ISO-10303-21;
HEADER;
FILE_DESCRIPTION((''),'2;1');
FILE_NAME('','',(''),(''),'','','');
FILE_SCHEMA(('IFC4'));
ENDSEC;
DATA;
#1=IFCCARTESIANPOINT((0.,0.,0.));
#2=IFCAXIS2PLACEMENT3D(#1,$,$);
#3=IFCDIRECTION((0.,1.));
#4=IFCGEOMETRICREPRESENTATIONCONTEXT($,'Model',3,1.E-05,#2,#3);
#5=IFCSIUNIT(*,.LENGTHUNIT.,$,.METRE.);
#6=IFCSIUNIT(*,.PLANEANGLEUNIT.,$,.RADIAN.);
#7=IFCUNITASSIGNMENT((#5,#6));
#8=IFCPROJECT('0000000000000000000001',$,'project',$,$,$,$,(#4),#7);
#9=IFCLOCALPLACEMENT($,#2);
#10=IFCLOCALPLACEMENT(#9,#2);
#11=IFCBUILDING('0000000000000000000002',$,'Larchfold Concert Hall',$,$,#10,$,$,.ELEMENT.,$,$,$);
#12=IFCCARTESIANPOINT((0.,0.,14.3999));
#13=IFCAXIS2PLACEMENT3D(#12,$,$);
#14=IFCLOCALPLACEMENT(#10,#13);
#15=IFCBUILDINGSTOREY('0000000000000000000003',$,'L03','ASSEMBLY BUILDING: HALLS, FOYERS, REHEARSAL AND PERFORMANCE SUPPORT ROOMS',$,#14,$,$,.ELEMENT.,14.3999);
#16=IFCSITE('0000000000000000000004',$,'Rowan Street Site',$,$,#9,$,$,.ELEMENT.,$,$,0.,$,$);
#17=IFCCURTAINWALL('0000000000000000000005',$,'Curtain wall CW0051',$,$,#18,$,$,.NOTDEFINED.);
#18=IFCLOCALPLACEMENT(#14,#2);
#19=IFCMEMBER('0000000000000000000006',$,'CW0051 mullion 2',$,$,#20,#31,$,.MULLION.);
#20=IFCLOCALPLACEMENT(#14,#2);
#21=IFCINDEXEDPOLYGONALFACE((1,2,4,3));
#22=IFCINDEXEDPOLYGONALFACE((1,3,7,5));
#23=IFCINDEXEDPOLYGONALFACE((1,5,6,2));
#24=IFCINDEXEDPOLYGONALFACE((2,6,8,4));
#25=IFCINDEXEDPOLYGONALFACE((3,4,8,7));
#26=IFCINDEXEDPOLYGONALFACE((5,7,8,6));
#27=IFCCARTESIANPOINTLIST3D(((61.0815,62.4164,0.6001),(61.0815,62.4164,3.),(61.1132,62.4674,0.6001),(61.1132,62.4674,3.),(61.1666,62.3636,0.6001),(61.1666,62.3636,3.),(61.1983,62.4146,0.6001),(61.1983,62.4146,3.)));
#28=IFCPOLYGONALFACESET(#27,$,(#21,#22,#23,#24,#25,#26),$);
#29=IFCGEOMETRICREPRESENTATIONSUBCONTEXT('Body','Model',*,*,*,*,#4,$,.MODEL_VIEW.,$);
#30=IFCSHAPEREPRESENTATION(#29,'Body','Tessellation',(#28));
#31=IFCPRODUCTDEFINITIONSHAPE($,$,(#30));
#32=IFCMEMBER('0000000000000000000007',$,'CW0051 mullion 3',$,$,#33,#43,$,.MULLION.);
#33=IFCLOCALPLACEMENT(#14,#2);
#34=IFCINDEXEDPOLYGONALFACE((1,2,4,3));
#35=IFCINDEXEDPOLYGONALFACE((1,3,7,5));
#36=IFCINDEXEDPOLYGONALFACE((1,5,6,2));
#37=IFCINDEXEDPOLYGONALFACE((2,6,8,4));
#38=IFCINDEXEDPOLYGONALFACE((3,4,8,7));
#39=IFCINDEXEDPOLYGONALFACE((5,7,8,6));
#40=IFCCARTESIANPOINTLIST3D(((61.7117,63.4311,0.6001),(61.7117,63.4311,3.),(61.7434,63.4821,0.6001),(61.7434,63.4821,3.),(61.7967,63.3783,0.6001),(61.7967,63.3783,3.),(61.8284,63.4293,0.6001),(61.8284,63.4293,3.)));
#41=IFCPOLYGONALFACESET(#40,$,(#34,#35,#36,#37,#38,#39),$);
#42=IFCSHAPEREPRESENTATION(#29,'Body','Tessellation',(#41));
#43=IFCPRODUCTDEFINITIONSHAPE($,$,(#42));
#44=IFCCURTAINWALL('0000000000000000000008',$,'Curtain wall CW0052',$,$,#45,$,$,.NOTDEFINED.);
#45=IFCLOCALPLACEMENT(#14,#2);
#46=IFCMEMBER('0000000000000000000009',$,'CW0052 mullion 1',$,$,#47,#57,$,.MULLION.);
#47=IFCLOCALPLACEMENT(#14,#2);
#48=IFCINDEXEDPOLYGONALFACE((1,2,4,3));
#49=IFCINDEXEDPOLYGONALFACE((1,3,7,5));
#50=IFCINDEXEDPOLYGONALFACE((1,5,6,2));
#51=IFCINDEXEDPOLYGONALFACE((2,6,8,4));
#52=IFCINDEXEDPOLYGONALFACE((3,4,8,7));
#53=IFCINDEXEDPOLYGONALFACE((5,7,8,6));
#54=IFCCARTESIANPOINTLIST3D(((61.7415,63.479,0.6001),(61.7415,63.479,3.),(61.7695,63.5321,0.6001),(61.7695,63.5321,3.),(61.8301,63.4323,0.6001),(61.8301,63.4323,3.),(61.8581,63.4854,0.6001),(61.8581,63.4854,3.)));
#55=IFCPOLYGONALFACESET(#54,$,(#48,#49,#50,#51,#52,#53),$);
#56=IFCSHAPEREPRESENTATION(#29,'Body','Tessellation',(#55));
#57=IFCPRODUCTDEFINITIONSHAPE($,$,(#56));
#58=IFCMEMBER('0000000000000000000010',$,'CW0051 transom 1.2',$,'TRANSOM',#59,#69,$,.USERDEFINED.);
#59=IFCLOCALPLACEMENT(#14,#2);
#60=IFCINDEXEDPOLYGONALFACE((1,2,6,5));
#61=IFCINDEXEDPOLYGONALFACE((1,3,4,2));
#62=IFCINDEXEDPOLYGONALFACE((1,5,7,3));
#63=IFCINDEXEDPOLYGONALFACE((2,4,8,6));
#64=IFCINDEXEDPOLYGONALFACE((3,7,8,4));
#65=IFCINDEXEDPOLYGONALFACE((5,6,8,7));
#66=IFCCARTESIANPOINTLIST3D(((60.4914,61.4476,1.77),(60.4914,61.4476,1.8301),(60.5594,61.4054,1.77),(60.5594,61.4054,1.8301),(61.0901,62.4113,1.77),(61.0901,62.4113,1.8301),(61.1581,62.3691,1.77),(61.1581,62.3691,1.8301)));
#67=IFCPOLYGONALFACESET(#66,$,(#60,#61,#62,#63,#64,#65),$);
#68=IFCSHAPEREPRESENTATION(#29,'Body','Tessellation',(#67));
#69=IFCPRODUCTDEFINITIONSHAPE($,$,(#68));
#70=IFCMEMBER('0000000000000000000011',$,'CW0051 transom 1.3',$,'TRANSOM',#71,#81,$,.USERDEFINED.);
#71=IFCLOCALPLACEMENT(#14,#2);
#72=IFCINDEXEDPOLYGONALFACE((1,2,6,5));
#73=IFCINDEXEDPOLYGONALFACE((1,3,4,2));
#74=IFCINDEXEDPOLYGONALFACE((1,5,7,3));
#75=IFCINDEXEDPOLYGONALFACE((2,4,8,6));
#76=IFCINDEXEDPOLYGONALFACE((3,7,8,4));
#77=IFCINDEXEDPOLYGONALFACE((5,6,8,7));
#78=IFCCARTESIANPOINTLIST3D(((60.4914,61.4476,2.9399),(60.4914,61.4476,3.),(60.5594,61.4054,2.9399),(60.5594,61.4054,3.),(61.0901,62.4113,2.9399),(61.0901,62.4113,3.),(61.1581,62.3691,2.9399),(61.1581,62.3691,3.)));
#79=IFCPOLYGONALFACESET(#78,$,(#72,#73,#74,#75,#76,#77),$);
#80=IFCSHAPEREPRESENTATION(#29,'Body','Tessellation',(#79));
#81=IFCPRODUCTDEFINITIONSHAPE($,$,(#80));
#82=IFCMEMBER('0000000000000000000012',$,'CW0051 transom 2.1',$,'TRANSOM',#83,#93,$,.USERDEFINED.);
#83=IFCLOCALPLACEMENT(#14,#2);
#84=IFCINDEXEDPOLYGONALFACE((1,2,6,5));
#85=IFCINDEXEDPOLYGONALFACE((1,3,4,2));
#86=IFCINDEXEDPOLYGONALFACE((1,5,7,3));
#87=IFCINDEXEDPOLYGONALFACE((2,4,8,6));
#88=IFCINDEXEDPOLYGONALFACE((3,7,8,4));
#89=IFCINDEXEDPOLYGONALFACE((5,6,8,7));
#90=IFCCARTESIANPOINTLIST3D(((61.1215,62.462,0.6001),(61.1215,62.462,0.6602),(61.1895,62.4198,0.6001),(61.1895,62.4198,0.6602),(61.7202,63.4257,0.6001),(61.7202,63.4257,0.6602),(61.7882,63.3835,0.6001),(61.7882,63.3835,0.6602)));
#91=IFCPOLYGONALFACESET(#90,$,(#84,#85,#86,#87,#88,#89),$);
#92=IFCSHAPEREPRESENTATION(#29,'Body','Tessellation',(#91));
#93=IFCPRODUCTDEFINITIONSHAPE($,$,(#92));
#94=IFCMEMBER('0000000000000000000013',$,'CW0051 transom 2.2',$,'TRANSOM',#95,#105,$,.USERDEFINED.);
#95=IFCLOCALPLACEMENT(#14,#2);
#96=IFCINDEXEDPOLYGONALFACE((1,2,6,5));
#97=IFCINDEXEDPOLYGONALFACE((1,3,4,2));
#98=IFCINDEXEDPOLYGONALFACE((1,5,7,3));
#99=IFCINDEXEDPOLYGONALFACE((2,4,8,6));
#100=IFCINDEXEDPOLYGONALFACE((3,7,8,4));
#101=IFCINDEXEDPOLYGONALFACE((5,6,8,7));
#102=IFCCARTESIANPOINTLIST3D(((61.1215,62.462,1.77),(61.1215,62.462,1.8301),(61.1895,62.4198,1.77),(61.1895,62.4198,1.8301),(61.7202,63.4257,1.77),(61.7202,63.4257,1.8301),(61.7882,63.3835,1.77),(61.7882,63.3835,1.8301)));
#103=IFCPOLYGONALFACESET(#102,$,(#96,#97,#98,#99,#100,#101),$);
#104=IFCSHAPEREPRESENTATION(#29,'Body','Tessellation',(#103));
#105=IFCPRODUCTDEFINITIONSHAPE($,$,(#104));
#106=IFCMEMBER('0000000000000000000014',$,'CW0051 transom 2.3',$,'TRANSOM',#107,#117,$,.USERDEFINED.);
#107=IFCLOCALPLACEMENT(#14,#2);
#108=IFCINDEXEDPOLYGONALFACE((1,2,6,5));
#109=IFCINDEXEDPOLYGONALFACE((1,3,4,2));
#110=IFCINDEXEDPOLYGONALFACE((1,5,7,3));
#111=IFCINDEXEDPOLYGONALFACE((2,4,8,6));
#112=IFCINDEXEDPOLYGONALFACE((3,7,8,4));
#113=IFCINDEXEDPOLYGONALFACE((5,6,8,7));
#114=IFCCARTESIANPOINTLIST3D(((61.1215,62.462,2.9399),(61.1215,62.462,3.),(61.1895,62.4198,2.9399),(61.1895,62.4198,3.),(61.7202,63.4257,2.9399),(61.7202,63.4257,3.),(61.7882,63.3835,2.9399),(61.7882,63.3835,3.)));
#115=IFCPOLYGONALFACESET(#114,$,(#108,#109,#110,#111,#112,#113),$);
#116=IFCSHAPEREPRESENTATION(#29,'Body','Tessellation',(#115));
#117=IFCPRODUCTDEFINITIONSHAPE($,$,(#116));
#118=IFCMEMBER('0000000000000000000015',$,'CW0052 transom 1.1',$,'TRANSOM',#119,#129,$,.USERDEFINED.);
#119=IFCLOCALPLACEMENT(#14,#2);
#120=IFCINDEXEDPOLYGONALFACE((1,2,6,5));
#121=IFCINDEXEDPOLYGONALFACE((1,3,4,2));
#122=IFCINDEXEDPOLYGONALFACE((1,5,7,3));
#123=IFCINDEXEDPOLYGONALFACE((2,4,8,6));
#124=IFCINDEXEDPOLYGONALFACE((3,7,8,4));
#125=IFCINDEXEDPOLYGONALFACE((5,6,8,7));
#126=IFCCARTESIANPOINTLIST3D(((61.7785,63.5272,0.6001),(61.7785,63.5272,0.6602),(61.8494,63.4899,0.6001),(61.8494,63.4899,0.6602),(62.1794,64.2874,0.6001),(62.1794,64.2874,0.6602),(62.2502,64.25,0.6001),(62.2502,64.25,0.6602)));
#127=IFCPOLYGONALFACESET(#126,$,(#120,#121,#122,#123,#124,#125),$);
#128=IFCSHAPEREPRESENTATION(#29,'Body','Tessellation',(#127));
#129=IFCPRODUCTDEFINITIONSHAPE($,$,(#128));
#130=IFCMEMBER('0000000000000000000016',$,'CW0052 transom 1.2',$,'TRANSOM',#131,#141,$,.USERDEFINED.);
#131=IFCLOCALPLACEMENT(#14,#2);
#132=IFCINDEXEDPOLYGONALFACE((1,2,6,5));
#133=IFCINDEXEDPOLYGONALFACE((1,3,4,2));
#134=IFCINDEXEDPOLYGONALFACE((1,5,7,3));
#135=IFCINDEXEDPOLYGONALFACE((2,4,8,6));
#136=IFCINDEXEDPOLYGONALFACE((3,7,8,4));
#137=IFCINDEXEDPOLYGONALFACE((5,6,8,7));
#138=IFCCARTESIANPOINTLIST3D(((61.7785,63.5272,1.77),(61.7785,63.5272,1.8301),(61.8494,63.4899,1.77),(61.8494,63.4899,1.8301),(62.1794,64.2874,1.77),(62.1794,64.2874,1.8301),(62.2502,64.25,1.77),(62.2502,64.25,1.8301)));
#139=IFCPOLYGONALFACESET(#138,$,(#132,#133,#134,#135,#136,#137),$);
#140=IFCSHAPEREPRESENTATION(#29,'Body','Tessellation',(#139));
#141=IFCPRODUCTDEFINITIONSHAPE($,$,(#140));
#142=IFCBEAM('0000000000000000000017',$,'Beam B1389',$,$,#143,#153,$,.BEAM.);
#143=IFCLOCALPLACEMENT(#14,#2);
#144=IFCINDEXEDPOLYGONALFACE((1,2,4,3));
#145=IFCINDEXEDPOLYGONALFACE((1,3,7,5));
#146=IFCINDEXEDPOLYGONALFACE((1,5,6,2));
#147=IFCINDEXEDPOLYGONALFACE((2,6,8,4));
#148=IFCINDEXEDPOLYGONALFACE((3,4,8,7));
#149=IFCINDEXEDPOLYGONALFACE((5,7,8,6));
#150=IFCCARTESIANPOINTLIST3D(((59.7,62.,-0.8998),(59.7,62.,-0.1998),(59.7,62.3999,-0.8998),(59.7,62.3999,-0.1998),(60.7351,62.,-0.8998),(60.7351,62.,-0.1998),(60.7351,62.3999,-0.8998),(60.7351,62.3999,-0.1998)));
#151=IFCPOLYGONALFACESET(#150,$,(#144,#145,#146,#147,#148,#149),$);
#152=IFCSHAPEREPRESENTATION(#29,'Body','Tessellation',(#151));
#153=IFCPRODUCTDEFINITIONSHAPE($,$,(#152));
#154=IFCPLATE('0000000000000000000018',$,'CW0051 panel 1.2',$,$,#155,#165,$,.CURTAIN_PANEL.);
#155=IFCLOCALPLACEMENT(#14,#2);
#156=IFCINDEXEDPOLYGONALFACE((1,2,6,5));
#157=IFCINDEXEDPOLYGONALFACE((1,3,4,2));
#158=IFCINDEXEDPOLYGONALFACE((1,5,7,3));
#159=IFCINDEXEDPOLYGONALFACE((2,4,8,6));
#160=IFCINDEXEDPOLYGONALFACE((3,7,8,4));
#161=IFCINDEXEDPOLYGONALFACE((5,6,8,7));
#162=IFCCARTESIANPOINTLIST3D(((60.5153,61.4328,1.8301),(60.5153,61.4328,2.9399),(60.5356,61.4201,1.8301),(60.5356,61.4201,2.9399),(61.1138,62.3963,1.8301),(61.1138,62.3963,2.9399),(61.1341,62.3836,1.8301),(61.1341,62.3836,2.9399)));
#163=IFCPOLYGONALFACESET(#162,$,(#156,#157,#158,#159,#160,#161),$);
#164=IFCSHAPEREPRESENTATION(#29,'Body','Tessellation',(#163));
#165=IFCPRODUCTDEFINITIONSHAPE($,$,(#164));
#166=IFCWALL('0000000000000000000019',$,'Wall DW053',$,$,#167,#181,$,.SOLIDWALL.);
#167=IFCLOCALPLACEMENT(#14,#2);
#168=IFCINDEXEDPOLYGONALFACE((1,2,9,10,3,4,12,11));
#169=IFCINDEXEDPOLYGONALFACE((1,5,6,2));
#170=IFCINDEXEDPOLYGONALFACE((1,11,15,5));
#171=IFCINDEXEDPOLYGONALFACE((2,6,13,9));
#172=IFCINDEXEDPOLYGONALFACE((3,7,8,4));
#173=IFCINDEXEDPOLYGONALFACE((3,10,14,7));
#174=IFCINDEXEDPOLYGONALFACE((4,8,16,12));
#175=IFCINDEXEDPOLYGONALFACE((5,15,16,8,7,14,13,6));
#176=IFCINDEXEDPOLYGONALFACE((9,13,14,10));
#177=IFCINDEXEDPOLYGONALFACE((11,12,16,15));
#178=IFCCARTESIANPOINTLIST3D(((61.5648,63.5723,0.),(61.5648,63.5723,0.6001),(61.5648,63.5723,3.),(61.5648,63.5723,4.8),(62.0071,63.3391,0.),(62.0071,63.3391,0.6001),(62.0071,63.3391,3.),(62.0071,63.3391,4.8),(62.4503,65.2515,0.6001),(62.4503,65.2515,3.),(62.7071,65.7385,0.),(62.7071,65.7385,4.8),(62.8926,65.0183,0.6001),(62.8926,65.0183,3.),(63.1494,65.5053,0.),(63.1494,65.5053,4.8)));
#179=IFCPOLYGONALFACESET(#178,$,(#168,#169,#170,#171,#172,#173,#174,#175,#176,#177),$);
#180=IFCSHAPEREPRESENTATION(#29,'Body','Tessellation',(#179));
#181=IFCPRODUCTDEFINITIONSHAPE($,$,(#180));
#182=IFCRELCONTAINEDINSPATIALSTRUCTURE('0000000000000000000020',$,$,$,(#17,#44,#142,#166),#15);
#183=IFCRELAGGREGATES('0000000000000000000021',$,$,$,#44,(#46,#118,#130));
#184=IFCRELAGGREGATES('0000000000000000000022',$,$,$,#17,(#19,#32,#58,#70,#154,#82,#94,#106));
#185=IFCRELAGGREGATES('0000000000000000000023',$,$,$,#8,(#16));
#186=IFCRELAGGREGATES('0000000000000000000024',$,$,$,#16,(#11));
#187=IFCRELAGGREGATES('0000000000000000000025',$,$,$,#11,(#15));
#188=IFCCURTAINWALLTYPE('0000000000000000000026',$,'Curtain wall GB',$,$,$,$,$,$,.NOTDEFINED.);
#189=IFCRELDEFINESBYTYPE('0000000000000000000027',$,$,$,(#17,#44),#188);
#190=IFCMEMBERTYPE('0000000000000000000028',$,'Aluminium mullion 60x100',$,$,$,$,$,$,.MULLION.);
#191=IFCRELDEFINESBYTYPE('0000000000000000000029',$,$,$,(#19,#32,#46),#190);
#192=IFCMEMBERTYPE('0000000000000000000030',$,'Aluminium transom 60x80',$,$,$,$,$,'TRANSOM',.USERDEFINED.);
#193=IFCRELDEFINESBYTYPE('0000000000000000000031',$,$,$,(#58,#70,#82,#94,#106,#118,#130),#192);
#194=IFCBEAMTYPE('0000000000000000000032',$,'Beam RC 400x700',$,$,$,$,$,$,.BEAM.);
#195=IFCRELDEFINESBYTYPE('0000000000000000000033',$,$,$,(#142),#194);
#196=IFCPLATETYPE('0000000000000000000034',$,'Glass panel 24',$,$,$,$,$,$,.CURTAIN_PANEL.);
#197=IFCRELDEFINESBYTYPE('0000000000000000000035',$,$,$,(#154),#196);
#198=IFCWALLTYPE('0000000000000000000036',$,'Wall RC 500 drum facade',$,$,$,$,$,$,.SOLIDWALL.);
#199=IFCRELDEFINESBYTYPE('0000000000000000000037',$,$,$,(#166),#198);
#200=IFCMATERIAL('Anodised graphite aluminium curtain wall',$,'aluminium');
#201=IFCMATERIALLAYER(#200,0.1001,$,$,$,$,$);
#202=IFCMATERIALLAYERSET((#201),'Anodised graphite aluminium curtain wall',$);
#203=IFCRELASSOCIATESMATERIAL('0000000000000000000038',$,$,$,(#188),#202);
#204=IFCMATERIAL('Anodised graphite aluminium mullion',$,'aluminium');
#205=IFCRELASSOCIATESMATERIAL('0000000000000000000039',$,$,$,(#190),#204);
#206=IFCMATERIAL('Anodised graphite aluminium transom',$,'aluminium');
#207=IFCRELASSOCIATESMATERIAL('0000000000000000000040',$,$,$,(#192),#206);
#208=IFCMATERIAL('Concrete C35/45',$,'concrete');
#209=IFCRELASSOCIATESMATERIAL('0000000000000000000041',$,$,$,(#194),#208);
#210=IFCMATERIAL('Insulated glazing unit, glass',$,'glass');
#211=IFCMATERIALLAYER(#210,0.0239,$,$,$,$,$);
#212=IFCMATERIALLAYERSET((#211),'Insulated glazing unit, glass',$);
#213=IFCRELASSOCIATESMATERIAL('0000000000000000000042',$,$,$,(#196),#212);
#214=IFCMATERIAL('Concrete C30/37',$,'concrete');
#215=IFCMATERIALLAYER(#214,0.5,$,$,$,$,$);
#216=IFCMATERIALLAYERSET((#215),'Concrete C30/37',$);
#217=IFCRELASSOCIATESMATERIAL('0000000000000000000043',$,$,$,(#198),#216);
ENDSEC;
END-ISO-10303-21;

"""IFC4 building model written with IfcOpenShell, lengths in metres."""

from ifc_helpers import new_model, si_unit, direction, frame, frame_2d, origin, origin_2d, place, context, subcontext, project, spatial, rectangle, extrude, material, layer, layer_set, material_profile, profile_set, type_object, element, fill, aggregate, save


model = new_model("IFC4")

# Units and contexts
model_context = context("Model", 3, precision=1e-05, world=origin(), true_north=direction((0.0, 1.0)))
body_context = subcontext(model_context, "Body", "Model", "MODEL_VIEW")
ifc_project = project(units=[si_unit("LENGTHUNIT", "METRE"), si_unit("PLANEANGLEUNIT", "RADIAN")], contexts=[model_context])

# Site, building, storey
site_placement = place(None, origin())
site = spatial("IfcSite", under=ifc_project, at=site_placement, Name="Rowan Street Site", CompositionType="ELEMENT", RefElevation=0.0)
building_placement = place(site_placement, origin())
building = spatial("IfcBuilding", under=site, at=building_placement, Name="Larchfold Concert Hall", CompositionType="ELEMENT")
storey_placement = place(building_placement, frame((0.0, 0.0, 14.3999)))
storey = spatial("IfcBuildingStorey", under=building, at=storey_placement, Name="L03", Description="ASSEMBLY BUILDING: HALLS, FOYERS, REHEARSAL AND PERFORMANCE SUPPORT ROOMS", CompositionType="ELEMENT", Elevation=14.3999)

# Curtain wall, members
ifc_material_1 = material(Name="Anodised graphite aluminium curtain wall", Category="aluminium")
ifc_layer_1 = layer(ifc_material_1, 0.1001)
ifc_layer_set_1 = layer_set([ifc_layer_1], Name="Anodised graphite aluminium curtain wall")
curtain_wall_type = type_object("IfcCurtainWallType", Name="Curtain wall GB", PredefinedType="NOTDEFINED", material=ifc_layer_set_1)
curtain_wall_1_placement = place(storey_placement, origin())
curtain_wall_1 = element("IfcCurtainWall", 1, at=curtain_wall_1_placement, inside=storey, type_object=curtain_wall_type, Name="Curtain wall CW0051", PredefinedType="NOTDEFINED")
ifc_material_2 = material(Name="Anodised graphite aluminium mullion", Category="aluminium")
ifc_material_profile_1 = material_profile(ifc_material_2, rectangle(XDim=0.1001, YDim=0.0601, at=origin_2d()))
ifc_profile_set_1 = profile_set([ifc_material_profile_1], Name="Anodised graphite aluminium mullion")
member_type_1 = type_object("IfcMemberType", Name="Aluminium mullion 60x100", PredefinedType="MULLION", material=ifc_profile_set_1)
member_1_placement = place(storey_placement, frame((61.1399, 62.4155, 0.6001), z_axis=(0.0, 0.0, 1.0), x_axis=(-0.849429, 0.527703, 0.0)))
member_1 = element("IfcMember", 2, at=member_1_placement, type_object=member_type_1, Name="CW0051 mullion 2", PredefinedType="MULLION", context=body_context, shape_type="SweptSolid", body=[
    extrude(rectangle(XDim=0.1001, YDim=0.0601, at=origin_2d()), origin(), (0.0, 0.0, 1.0), 2.3999),
])
member_2_placement = place(storey_placement, frame((61.77, 63.4302, 0.6001), z_axis=(0.0, 0.0, 1.0), x_axis=(-0.849429, 0.527703, 0.0)))
member_2 = element("IfcMember", 3, at=member_2_placement, type_object=member_type_1, Name="CW0051 mullion 3", PredefinedType="MULLION", context=body_context, shape_type="SweptSolid", body=[
    extrude(rectangle(XDim=0.1001, YDim=0.0601, at=origin_2d()), origin(), (0.0, 0.0, 1.0), 2.3999),
])

# Curtain wall, member
curtain_wall_2_placement = place(storey_placement, origin())
curtain_wall_2 = element("IfcCurtainWall", 4, at=curtain_wall_2_placement, inside=storey, type_object=curtain_wall_type, Name="Curtain wall CW0052", PredefinedType="NOTDEFINED")
member_3_placement = place(storey_placement, frame((61.7998, 63.4822, 0.6001), z_axis=(0.0, 0.0, 1.0), x_axis=(-0.884522, 0.466499, 0.0)))
member_3 = element("IfcMember", 5, at=member_3_placement, type_object=member_type_1, Name="CW0052 mullion 1", PredefinedType="MULLION", context=body_context, shape_type="SweptSolid", body=[
    extrude(rectangle(XDim=0.1001, YDim=0.0601, at=origin_2d()), origin(), (0.0, 0.0, 1.0), 2.3999),
])

# Members
ifc_material_3 = material(Name="Anodised graphite aluminium transom", Category="aluminium")
ifc_material_profile_2 = material_profile(ifc_material_3, rectangle(XDim=0.0801, YDim=0.0601, at=origin_2d()))
ifc_profile_set_2 = profile_set([ifc_material_profile_2], Name="Anodised graphite aluminium transom")
member_type_2 = type_object("IfcMemberType", Name="Aluminium transom 60x80", ElementType="TRANSOM", PredefinedType="USERDEFINED", material=ifc_profile_set_2)
member_4_placement = place(storey_placement, frame((60.5254, 61.4265, 1.8), z_axis=(0.527695, 0.849434, 0.0), x_axis=(-0.849434, 0.527695, 0.0)))
member_4 = element("IfcMember", 6, at=member_4_placement, type_object=member_type_2, Name="CW0051 transom 1.2", ObjectType="TRANSOM", PredefinedType="USERDEFINED", context=body_context, shape_type="SweptSolid", body=[
    extrude(rectangle(XDim=0.0801, YDim=0.0601, at=origin_2d()), origin(), (0.0, 0.0, 1.0), 1.1345),
])
member_5_placement = place(storey_placement, frame((60.5254, 61.4265, 2.97), z_axis=(0.527695, 0.849434, 0.0), x_axis=(-0.849434, 0.527695, 0.0)))
member_5 = element("IfcMember", 7, at=member_5_placement, type_object=member_type_2, Name="CW0051 transom 1.3", ObjectType="TRANSOM", PredefinedType="USERDEFINED", context=body_context, shape_type="SweptSolid", body=[
    extrude(rectangle(XDim=0.0801, YDim=0.0601, at=origin_2d()), origin(), (0.0, 0.0, 1.0), 1.1345),
])
member_6_placement = place(storey_placement, frame((61.1555, 62.4409, 0.6301), z_axis=(0.527695, 0.849434, 0.0), x_axis=(-0.849434, 0.527695, 0.0)))
member_6 = element("IfcMember", 8, at=member_6_placement, type_object=member_type_2, Name="CW0051 transom 2.1", ObjectType="TRANSOM", PredefinedType="USERDEFINED", context=body_context, shape_type="SweptSolid", body=[
    extrude(rectangle(XDim=0.0801, YDim=0.0601, at=origin_2d()), origin(), (0.0, 0.0, 1.0), 1.1345),
])
member_7_placement = place(storey_placement, frame((61.1555, 62.4409, 1.8), z_axis=(0.527695, 0.849434, 0.0), x_axis=(-0.849434, 0.527695, 0.0)))
member_7 = element("IfcMember", 9, at=member_7_placement, type_object=member_type_2, Name="CW0051 transom 2.2", ObjectType="TRANSOM", PredefinedType="USERDEFINED", context=body_context, shape_type="SweptSolid", body=[
    extrude(rectangle(XDim=0.0801, YDim=0.0601, at=origin_2d()), origin(), (0.0, 0.0, 1.0), 1.1345),
])
member_8_placement = place(storey_placement, frame((61.1555, 62.4409, 2.97), z_axis=(0.527695, 0.849434, 0.0), x_axis=(-0.849434, 0.527695, 0.0)))
member_8 = element("IfcMember", 10, at=member_8_placement, type_object=member_type_2, Name="CW0051 transom 2.3", ObjectType="TRANSOM", PredefinedType="USERDEFINED", context=body_context, shape_type="SweptSolid", body=[
    extrude(rectangle(XDim=0.0801, YDim=0.0601, at=origin_2d()), origin(), (0.0, 0.0, 1.0), 1.1345),
])
member_9_placement = place(storey_placement, frame((61.814, 63.5085, 0.6301), z_axis=(0.466425, 0.884561, 0.0), x_axis=(-0.884561, 0.466425, 0.0)))
member_9 = element("IfcMember", 11, at=member_9_placement, type_object=member_type_2, Name="CW0052 transom 1.1", ObjectType="TRANSOM", PredefinedType="USERDEFINED", context=body_context, shape_type="SweptSolid", body=[
    extrude(rectangle(XDim=0.0801, YDim=0.0601, at=origin_2d()), origin(), (0.0, 0.0, 1.0), 0.8594),
])
member_10_placement = place(storey_placement, frame((61.814, 63.5085, 1.8), z_axis=(0.466425, 0.884561, 0.0), x_axis=(-0.884561, 0.466425, 0.0)))
member_10 = element("IfcMember", 12, at=member_10_placement, type_object=member_type_2, Name="CW0052 transom 1.2", ObjectType="TRANSOM", PredefinedType="USERDEFINED", context=body_context, shape_type="SweptSolid", body=[
    extrude(rectangle(XDim=0.0801, YDim=0.0601, at=origin_2d()), origin(), (0.0, 0.0, 1.0), 0.8594),
])
aggregate(curtain_wall_2, [member_3, member_9, member_10])

# Beam
ifc_material_4 = material(Name="Concrete C35/45", Category="concrete")
ifc_material_profile_3 = material_profile(ifc_material_4, rectangle(XDim=0.3999, YDim=0.7, at=origin_2d()))
ifc_profile_set_3 = profile_set([ifc_material_profile_3], Name="Concrete C35/45")
beam_type = type_object("IfcBeamType", Name="Beam RC 400x700", PredefinedType="BEAM", material=ifc_profile_set_3)
beam_placement = place(storey_placement, frame((59.7, 62.2, -0.5498), z_axis=(1.0, 0.0, 0.0), x_axis=(0.0, 1.0, 0.0)))
element("IfcBeam", 13, at=beam_placement, inside=storey, type_object=beam_type, Name="Beam B1389", PredefinedType="BEAM", context=body_context, shape_type="SweptSolid", body=[
    extrude(rectangle(XDim=0.3999, YDim=0.7, at=origin_2d()), origin(), (0.0, 0.0, 1.0), 1.0352),
])

# Plate
ifc_material_5 = material(Name="Insulated glazing unit, glass", Category="glass")
ifc_layer_2 = layer(ifc_material_5, 0.0239)
ifc_layer_set_2 = layer_set([ifc_layer_2], Name="Insulated glazing unit, glass")
plate_type_1 = type_object("IfcPlateType", Name="Glass panel 24", PredefinedType="CURTAIN_PANEL", material=ifc_layer_set_2)
plate_1_placement = place(storey_placement, frame((60.8247, 61.9082, 1.8301), z_axis=(0.0, 0.0, 1.0), x_axis=(0.527703, 0.849429, 0.0)))
plate_1 = element("IfcPlate", 14, at=plate_1_placement, type_object=plate_type_1, Name="CW0051 panel 1.2", PredefinedType="CURTAIN_PANEL", context=body_context, shape_type="SweptSolid", body=[
    extrude(rectangle(XDim=1.1343, YDim=0.0239, at=origin_2d()), origin(), (0.0, 0.0, 1.0), 1.1099),
])
aggregate(curtain_wall_1, [member_1, member_2, member_4, member_5, plate_1, member_6, member_7, member_8])

# Wall, opening
ifc_material_6 = material(Name="Concrete C30/37", Category="concrete")
ifc_layer_3 = layer(ifc_material_6, 0.5)
ifc_layer_set_3 = layer_set([ifc_layer_3], Name="Concrete C30/37")
wall_type = type_object("IfcWallType", Name="Wall RC 500 drum facade", PredefinedType="SOLIDWALL", material=ifc_layer_set_3)
wall_placement = place(storey_placement, frame((61.7859, 63.4556, 0.0), z_axis=(0.0, 0.0, 1.0), x_axis=(0.466449, 0.884548, 0.0)))
wall = element("IfcWall", 15, at=wall_placement, inside=storey, type_object=wall_type, Name="Wall DW053", PredefinedType="SOLIDWALL", context=body_context, shape_type="SweptSolid", body=[
    extrude(rectangle(XDim=2.449, YDim=0.5, at=frame_2d((1.2246, 0.0))), origin(), (0.0, 0.0, 1.0), 4.8),
])
opening_placement = place(wall_placement, frame((0.0, 0.0, 0.6001)))
opening = element("IfcOpeningElement", 16, at=opening_placement, cuts=wall, PredefinedType="OPENING", context=body_context, shape_type="SweptSolid", body=[
    extrude(rectangle(XDim=1.8987, YDim=2.3999, at=frame_2d((0.9492, 1.2))), frame((0.0, 0.26, 0.0), z_axis=(0.0, -1.0, 0.0), x_axis=(1.0, 0.0, 0.0)), (0.0, 0.0, 1.0), 0.52),
])
fill(opening, curtain_wall_2)

save(model, "model.ifc")
